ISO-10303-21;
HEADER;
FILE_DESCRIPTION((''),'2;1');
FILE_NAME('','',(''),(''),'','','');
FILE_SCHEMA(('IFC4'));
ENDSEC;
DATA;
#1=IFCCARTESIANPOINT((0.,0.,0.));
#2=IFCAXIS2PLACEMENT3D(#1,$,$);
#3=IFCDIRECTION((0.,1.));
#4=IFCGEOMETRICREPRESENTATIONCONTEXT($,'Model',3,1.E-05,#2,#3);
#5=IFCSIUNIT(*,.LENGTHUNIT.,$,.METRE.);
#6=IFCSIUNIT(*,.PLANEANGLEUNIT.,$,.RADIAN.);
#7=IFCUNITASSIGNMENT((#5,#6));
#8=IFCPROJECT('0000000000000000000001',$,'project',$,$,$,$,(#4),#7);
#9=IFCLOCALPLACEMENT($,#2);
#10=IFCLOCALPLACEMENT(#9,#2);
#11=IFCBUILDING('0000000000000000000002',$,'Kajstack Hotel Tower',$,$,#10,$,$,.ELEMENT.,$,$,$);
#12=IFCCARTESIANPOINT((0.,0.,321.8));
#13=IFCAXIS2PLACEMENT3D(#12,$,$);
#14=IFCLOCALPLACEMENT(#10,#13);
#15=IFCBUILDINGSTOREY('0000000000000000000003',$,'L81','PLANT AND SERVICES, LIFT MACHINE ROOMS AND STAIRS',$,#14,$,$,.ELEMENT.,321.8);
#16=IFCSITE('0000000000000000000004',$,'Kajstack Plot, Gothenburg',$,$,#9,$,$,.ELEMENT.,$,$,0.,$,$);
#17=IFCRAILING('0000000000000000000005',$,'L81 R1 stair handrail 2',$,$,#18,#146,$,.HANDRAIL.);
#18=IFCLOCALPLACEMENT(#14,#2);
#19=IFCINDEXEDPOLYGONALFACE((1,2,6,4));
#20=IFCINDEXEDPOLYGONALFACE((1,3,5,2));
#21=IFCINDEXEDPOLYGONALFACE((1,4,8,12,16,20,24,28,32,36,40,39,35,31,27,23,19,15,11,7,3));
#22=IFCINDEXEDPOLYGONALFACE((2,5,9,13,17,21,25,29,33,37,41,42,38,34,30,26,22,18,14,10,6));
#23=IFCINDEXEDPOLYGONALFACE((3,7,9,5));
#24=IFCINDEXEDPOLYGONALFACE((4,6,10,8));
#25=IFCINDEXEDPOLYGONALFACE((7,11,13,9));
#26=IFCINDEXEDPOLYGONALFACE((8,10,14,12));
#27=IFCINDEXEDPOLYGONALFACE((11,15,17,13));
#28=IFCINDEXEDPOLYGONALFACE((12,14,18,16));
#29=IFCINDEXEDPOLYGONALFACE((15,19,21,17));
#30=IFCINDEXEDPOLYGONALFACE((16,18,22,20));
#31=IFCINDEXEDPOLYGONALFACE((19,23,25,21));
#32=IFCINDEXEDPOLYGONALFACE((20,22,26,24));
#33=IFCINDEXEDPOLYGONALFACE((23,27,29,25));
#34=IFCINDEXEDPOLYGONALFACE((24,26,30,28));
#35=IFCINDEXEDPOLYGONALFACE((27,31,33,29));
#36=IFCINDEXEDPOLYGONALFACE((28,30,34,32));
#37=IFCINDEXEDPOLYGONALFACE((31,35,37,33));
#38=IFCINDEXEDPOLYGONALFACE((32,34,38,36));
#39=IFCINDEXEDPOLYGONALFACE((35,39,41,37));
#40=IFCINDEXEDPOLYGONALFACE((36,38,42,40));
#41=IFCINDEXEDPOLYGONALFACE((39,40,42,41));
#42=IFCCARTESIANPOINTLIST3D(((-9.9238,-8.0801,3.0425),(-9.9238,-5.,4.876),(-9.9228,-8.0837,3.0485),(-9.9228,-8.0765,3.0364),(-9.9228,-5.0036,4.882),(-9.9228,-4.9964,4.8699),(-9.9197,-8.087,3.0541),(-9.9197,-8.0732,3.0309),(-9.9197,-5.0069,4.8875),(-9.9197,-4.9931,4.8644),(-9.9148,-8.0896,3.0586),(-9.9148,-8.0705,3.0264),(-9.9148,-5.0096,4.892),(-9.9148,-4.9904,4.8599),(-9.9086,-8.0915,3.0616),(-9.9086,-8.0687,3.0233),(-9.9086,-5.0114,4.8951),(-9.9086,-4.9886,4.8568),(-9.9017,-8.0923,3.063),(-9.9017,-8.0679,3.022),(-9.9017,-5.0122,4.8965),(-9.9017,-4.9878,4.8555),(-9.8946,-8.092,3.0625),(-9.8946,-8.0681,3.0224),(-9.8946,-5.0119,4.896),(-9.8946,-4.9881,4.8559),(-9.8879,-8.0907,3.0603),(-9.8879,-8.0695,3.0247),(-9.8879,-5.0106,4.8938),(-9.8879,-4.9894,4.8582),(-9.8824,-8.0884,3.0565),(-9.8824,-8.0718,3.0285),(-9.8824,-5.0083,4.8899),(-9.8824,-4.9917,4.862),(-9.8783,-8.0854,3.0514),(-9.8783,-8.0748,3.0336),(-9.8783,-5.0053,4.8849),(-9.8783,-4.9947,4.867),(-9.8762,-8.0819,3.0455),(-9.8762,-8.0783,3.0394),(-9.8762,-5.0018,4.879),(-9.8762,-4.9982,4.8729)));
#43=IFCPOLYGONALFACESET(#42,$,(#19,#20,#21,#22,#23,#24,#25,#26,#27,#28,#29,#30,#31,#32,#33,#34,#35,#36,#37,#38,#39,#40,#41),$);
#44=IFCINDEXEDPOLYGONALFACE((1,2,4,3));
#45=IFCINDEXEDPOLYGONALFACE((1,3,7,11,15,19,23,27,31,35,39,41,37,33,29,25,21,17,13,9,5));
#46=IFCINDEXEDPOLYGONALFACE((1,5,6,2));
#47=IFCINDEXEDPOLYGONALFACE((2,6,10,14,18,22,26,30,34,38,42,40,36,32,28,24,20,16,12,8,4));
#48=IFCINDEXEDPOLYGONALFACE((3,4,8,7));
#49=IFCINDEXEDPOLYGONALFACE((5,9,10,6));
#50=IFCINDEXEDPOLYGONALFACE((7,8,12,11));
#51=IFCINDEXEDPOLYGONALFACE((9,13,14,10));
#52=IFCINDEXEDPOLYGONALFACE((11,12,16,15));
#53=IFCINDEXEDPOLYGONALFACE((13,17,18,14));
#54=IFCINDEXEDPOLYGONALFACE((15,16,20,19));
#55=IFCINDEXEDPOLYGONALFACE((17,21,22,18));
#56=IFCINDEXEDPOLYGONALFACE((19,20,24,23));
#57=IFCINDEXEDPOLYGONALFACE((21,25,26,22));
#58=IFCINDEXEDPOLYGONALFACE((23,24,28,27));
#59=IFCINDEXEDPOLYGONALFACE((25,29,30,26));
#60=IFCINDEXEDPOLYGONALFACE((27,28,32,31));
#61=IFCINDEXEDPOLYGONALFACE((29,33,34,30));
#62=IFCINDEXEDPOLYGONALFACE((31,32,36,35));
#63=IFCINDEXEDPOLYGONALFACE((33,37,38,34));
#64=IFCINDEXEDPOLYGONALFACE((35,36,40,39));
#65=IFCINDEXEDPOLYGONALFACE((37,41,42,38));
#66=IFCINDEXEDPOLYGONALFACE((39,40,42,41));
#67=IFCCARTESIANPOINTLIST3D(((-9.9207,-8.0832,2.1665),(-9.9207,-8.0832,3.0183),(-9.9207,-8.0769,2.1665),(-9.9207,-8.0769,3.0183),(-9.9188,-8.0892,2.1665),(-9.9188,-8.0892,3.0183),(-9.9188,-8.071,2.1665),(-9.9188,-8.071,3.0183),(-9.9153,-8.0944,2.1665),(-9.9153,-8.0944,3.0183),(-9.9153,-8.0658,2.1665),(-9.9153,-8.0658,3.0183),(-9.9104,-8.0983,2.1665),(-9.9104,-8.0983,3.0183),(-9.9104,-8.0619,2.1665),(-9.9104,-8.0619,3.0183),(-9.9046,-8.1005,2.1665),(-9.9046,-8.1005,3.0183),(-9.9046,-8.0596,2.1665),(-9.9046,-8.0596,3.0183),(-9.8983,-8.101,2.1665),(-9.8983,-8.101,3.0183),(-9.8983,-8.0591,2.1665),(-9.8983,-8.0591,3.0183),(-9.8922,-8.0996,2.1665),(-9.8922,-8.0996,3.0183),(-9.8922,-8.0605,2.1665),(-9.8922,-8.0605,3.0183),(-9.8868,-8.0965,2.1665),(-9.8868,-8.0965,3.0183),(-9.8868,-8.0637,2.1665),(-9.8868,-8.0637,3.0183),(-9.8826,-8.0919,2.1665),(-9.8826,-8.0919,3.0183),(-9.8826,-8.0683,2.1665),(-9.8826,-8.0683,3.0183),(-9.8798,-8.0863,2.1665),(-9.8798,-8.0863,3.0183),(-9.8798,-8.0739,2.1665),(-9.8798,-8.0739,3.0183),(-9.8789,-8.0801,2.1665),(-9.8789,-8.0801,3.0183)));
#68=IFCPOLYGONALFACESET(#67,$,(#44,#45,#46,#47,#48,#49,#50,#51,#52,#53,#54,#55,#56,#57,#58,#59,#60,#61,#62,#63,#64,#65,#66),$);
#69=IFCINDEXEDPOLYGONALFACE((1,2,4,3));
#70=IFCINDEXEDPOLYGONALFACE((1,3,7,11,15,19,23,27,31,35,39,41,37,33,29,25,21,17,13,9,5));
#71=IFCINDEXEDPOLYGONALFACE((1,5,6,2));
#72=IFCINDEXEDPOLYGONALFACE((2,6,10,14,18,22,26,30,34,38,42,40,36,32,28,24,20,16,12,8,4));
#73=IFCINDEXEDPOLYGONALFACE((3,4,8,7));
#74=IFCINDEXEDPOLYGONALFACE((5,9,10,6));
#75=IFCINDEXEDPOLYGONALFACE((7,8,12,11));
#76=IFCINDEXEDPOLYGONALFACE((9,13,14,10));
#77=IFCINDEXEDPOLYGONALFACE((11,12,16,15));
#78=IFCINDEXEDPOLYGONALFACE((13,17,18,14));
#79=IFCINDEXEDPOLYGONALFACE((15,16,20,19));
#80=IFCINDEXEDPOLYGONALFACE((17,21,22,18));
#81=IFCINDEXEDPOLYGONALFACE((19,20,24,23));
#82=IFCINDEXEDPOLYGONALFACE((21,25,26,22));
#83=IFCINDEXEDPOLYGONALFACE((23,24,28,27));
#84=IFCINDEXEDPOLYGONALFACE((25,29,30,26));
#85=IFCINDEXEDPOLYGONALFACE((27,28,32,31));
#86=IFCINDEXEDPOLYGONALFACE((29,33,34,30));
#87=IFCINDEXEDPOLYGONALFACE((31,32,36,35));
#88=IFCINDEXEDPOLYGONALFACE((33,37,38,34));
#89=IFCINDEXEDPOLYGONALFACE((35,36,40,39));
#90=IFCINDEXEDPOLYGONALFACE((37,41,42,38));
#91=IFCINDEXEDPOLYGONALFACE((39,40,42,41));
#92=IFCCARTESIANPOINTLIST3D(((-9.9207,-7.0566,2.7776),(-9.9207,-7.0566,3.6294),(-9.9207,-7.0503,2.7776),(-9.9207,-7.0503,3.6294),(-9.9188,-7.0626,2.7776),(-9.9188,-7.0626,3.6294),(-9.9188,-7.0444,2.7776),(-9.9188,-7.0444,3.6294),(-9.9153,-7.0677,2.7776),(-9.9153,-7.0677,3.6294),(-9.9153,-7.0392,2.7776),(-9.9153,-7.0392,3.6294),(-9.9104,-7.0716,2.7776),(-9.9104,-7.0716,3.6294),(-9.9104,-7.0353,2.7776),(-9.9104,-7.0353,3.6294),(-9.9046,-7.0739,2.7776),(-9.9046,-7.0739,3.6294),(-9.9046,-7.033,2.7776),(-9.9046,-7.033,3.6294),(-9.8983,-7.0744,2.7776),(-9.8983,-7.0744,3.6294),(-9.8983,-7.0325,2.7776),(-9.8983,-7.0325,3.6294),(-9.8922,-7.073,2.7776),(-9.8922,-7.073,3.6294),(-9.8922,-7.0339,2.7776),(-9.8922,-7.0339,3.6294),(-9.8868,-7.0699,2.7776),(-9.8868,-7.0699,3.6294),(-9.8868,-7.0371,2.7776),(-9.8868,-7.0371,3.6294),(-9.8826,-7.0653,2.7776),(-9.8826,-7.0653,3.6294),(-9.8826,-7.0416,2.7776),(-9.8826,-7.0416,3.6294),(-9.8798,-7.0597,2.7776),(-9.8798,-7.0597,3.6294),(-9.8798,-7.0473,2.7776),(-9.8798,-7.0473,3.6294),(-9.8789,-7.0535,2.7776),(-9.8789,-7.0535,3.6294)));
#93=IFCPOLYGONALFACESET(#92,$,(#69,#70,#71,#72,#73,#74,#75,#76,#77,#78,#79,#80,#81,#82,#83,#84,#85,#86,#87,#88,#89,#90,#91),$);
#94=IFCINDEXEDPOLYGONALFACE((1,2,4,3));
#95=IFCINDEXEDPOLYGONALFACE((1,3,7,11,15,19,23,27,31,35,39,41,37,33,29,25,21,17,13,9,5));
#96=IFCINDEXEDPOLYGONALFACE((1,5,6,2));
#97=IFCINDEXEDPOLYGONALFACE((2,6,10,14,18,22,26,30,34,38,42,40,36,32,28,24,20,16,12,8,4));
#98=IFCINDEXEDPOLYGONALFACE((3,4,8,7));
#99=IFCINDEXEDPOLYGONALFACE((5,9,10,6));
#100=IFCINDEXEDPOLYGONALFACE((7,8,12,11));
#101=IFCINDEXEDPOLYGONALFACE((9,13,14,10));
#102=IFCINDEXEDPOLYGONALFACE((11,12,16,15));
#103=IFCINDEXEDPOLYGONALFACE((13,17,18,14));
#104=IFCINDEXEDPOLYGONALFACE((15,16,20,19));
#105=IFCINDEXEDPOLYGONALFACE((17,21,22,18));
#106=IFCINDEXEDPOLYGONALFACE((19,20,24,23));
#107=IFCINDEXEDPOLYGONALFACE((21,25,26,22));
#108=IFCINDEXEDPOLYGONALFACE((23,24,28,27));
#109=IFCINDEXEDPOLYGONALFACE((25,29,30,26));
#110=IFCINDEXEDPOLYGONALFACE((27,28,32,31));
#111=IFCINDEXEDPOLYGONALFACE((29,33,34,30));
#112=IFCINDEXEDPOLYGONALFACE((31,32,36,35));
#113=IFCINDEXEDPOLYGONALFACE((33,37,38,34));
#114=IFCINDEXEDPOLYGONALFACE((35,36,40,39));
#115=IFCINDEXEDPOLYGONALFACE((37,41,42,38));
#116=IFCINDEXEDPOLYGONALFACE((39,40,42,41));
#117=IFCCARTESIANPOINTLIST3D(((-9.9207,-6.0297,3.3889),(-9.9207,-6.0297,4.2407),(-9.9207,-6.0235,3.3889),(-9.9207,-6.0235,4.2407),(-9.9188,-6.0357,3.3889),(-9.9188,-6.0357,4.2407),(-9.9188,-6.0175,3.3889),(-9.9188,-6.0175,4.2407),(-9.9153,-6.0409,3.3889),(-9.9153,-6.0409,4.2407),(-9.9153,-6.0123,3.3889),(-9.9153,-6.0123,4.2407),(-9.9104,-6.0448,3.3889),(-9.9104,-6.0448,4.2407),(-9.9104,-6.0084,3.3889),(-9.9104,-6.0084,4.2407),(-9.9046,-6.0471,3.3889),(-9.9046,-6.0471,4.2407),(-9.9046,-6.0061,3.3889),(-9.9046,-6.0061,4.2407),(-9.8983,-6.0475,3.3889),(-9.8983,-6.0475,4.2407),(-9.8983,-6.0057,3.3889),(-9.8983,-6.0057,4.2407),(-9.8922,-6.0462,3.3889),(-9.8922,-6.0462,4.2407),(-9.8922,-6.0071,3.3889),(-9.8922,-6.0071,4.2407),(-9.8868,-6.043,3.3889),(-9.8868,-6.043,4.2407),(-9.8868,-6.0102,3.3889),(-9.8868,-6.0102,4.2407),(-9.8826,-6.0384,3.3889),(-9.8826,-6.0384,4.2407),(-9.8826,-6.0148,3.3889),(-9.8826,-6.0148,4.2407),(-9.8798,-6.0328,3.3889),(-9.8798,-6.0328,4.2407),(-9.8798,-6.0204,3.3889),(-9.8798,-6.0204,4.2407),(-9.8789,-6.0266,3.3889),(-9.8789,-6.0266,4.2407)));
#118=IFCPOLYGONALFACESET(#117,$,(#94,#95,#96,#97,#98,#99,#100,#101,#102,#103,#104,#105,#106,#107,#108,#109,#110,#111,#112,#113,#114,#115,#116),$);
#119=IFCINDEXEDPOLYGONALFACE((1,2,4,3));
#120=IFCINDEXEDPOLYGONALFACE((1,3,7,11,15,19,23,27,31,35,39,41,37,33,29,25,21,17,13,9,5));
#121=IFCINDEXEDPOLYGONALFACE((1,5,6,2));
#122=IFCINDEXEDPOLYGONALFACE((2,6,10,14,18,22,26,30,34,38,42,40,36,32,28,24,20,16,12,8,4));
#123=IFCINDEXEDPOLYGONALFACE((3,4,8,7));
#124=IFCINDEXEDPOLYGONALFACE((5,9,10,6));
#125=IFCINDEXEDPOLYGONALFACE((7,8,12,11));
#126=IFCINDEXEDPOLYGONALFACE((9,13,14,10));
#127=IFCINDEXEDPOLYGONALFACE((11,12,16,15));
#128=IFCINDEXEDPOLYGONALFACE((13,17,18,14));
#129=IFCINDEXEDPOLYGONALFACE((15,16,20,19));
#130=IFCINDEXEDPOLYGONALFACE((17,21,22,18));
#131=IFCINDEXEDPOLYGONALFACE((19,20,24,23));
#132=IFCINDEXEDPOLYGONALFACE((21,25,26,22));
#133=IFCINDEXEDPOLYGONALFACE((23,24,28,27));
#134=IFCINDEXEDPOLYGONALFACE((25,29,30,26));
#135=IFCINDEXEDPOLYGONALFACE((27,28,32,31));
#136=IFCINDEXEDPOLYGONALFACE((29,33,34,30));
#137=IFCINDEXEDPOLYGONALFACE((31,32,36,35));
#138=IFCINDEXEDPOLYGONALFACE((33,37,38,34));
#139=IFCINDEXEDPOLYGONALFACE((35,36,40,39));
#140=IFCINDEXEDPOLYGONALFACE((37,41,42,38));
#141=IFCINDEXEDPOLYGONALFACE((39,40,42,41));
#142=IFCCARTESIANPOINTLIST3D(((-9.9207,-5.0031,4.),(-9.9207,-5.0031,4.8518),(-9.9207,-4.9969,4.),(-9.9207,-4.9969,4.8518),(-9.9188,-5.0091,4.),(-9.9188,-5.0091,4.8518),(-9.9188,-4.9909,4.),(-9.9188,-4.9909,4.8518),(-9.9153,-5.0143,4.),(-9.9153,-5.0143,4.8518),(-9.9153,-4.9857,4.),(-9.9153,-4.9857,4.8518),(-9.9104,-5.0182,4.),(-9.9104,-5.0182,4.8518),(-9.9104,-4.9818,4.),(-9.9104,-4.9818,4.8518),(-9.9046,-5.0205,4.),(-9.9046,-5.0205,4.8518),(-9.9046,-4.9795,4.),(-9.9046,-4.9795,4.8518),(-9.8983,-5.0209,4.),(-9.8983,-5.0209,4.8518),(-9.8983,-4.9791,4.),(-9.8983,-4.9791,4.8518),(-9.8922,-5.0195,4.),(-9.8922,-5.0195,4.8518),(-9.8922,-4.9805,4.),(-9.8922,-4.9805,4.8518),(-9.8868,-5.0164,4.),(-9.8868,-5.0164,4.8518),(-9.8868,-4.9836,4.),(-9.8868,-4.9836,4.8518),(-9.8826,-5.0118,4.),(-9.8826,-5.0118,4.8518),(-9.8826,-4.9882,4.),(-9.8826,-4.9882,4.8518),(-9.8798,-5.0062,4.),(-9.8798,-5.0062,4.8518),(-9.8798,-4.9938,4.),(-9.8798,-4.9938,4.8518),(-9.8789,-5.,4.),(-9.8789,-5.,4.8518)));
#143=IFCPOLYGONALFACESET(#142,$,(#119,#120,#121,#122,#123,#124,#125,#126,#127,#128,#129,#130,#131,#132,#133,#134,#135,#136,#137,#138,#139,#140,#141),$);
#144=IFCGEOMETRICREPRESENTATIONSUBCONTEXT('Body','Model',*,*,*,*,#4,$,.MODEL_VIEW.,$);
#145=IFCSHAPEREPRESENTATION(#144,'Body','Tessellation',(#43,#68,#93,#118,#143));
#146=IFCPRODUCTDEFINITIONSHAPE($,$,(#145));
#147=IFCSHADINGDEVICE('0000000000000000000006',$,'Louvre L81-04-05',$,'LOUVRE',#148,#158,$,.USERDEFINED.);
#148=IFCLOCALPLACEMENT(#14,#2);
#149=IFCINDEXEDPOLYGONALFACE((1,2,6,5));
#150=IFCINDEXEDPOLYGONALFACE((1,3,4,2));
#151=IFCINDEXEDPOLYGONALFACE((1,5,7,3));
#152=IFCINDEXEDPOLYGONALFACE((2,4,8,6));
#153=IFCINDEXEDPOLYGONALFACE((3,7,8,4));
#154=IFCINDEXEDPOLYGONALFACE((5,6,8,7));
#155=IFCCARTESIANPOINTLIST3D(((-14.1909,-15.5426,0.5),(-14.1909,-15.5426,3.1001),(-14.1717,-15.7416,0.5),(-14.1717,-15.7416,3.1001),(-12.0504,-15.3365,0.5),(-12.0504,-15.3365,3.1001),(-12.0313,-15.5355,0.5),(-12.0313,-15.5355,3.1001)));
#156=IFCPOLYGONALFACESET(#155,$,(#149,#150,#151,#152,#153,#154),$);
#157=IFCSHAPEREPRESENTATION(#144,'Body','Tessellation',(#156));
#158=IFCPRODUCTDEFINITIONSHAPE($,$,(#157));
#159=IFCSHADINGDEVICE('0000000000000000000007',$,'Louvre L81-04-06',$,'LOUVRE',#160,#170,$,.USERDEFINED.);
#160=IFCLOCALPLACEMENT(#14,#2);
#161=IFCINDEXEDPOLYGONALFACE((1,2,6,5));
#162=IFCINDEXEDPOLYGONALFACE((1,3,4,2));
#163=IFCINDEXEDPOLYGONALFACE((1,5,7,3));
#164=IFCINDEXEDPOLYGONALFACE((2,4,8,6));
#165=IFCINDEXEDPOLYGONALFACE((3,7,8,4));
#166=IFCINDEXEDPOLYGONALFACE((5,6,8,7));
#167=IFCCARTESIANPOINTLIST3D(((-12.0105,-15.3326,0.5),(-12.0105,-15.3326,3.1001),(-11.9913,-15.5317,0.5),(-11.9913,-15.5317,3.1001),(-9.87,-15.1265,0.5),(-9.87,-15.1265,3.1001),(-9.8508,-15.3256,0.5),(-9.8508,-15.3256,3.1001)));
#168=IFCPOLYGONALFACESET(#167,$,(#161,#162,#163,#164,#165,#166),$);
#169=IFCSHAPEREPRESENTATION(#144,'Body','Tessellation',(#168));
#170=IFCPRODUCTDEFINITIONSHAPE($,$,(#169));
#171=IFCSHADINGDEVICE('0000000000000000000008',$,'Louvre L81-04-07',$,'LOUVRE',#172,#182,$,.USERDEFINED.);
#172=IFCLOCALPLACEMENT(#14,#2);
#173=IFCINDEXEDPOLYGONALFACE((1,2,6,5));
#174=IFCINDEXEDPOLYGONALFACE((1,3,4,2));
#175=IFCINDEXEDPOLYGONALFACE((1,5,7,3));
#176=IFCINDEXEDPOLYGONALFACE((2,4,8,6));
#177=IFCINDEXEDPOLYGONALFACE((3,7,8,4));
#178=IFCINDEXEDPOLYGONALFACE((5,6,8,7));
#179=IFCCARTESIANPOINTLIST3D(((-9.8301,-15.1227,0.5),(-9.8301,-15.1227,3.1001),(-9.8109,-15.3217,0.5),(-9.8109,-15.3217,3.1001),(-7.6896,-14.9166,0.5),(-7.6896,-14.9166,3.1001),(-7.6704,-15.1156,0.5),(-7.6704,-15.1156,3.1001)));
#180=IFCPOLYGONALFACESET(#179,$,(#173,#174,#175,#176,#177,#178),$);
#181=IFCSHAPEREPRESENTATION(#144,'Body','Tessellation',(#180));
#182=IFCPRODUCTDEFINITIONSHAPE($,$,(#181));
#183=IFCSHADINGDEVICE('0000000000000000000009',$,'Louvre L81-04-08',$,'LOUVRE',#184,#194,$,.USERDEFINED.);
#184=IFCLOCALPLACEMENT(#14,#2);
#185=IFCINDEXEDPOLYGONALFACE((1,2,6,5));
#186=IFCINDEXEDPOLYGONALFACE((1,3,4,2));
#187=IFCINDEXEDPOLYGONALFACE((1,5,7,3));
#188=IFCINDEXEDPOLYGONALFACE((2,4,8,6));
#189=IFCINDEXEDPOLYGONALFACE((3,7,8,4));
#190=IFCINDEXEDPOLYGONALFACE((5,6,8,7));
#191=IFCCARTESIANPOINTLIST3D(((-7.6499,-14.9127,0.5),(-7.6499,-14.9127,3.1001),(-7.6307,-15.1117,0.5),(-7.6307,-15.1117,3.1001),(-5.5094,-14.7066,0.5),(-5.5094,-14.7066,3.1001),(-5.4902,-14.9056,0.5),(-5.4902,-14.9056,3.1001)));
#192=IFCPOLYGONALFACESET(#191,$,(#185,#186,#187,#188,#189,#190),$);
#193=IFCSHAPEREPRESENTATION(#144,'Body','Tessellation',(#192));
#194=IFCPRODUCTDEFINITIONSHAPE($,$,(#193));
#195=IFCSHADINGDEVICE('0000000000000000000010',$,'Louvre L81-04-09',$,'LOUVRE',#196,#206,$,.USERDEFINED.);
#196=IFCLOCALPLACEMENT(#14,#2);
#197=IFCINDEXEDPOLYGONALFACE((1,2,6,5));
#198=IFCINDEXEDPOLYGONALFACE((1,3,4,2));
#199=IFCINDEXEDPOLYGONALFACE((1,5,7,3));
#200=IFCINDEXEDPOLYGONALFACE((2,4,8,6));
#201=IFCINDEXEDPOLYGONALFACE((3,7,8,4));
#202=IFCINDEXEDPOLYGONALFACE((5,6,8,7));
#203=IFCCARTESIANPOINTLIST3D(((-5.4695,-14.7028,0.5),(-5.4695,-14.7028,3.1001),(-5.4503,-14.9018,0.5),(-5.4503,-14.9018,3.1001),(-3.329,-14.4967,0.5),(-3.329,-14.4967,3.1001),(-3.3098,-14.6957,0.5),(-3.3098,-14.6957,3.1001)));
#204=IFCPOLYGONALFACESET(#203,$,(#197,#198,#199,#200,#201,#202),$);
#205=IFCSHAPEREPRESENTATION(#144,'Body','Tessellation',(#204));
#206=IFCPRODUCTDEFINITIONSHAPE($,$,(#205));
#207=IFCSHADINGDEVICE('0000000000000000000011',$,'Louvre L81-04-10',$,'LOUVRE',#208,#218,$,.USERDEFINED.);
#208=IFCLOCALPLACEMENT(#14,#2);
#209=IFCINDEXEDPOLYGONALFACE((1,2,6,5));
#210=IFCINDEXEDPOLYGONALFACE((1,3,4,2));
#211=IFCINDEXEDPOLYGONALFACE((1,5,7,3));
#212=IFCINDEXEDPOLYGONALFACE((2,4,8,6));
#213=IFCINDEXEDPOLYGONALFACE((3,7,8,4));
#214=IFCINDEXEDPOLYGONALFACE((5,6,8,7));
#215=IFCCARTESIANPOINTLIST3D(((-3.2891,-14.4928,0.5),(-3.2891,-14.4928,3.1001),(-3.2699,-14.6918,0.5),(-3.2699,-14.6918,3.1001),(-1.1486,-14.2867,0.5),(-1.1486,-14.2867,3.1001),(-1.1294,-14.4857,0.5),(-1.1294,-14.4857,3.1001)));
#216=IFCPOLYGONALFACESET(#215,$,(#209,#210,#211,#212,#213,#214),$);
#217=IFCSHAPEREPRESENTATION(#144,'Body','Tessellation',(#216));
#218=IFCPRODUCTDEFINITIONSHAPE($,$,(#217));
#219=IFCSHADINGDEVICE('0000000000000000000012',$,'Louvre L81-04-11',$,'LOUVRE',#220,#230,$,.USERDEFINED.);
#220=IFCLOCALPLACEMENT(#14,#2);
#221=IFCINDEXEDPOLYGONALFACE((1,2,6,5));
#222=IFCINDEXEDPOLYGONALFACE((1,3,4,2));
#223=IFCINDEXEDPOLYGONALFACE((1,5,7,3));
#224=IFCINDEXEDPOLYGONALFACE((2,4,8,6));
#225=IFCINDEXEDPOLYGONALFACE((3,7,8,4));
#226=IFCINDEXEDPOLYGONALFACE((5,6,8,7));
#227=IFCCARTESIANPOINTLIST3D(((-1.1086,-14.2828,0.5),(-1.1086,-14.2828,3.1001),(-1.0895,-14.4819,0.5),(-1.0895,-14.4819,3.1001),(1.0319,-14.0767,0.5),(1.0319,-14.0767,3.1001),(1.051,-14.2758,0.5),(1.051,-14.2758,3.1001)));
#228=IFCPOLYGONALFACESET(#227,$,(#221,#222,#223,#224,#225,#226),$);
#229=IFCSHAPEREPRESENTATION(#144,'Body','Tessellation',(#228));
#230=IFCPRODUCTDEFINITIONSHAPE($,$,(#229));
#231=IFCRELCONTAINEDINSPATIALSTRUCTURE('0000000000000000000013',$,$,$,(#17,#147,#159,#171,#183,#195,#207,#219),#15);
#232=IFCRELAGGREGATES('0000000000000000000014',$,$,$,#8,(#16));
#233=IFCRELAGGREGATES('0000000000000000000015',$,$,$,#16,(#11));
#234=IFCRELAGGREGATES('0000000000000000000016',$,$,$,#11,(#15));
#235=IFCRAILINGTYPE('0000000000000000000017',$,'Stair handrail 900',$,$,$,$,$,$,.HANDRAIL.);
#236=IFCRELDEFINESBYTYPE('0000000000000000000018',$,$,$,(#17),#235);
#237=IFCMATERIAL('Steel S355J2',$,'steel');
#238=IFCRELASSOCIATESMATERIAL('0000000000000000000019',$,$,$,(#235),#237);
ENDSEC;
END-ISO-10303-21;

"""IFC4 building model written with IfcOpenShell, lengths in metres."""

from ifc_helpers import new_model, si_unit, direction, frame, origin, origin_2d, place, context, subcontext, project, spatial, rectangle, circle, extrude, material, type_object, element, save


model = new_model("IFC4")

# Units and contexts
model_context = context("Model", 3, precision=1e-05, world=origin(), true_north=direction((0.0, 1.0)))
body_context = subcontext(model_context, "Body", "Model", "MODEL_VIEW")
ifc_project = project(units=[si_unit("LENGTHUNIT", "METRE"), si_unit("PLANEANGLEUNIT", "RADIAN")], contexts=[model_context])

# Site, building, storey
site_placement = place(None, origin())
site = spatial("IfcSite", under=ifc_project, at=site_placement, Name="Kajstack Plot, Gothenburg", CompositionType="ELEMENT", RefElevation=0.0)
building_placement = place(site_placement, origin())
building = spatial("IfcBuilding", under=site, at=building_placement, Name="Kajstack Hotel Tower", CompositionType="ELEMENT")
storey_placement = place(building_placement, frame((0.0, 0.0, 321.8)))
storey = spatial("IfcBuildingStorey", under=building, at=storey_placement, Name="L81", Description="PLANT AND SERVICES, LIFT MACHINE ROOMS AND STAIRS", CompositionType="ELEMENT", Elevation=321.8)

# Shared definitions
ifc_material_1 = material(Name="Steel S355J2", Category="steel")

# Railing
railing_type_1 = type_object("IfcRailingType", Name="Stair handrail 900", PredefinedType="HANDRAIL", material=ifc_material_1)
railing_1_placement = place(storey_placement, frame((-9.8999, -8.0801, 2.1665)))
element("IfcRailing", 1, at=railing_1_placement, inside=storey, type_object=railing_type_1, Name="L81 R1 stair handrail 2", PredefinedType="HANDRAIL", context=body_context, shape_type="SweptSolid", body=[
    extrude(circle(Radius=0.0239, at=origin_2d()), frame((0.0, 0.0, 0.876), z_axis=(0.0, 0.859279, 0.511508), x_axis=(-1.0, 0.0, 0.0)), (0.0, 0.0, 1.0), 3.5845),
    extrude(circle(Radius=0.021, at=origin_2d()), origin(), (0.0, 0.0, 1.0), 0.8518),
    extrude(circle(Radius=0.021, at=origin_2d()), frame((0.0, 1.0266, 0.6111)), (0.0, 0.0, 1.0), 0.8518),
    extrude(circle(Radius=0.021, at=origin_2d()), frame((0.0, 2.0535, 1.2224)), (0.0, 0.0, 1.0), 0.8518),
    extrude(circle(Radius=0.021, at=origin_2d()), frame((0.0, 3.0801, 1.8335)), (0.0, 0.0, 1.0), 0.8518),
])

# Shading devices
for number, where, z_axis, x_axis, name in (
    (2, (-13.1111, -15.5391, 0.5), (0.0, 0.0, 1.0), (0.995396, 0.095845, 0.0), "Louvre L81-04-05"),
    (3, (-10.9307, -15.3291, 0.5), (0.0, 0.0, 1.0), (0.995396, 0.095845, 0.0), "Louvre L81-04-06"),
    (4, (-8.7502, -15.1191, 0.5), (0.0, 0.0, 1.0), (0.995396, 0.095845, 0.0), "Louvre L81-04-07"),
    (5, (-6.5701, -14.9092, 0.5), (0.0, 0.0, 1.0), (0.995396, 0.095845, 0.0), "Louvre L81-04-08"),
    (6, (-4.3896, -14.6992, 0.5), (0.0, 0.0, 1.0), (0.995396, 0.095845, 0.0), "Louvre L81-04-09"),
    (7, (-2.2092, -14.4893, 0.5), (0.0, 0.0, 1.0), (0.995396, 0.095845, 0.0), "Louvre L81-04-10"),
    (8, (-0.0288, -14.2793, 0.5), (0.0, 0.0, 1.0), (0.995396, 0.095845, 0.0), "Louvre L81-04-11"),
):
    element("IfcShadingDevice", number, at=place(storey_placement, frame(where, z_axis=z_axis, x_axis=x_axis)), inside=storey, Name=name, ObjectType="LOUVRE", PredefinedType="USERDEFINED", context=body_context, shape_type="SweptSolid", body=[
        extrude(rectangle(XDim=2.1504, YDim=0.2, at=origin_2d()), origin(), (0.0, 0.0, 1.0), 2.6001),
    ])

save(model, "model.ifc")
